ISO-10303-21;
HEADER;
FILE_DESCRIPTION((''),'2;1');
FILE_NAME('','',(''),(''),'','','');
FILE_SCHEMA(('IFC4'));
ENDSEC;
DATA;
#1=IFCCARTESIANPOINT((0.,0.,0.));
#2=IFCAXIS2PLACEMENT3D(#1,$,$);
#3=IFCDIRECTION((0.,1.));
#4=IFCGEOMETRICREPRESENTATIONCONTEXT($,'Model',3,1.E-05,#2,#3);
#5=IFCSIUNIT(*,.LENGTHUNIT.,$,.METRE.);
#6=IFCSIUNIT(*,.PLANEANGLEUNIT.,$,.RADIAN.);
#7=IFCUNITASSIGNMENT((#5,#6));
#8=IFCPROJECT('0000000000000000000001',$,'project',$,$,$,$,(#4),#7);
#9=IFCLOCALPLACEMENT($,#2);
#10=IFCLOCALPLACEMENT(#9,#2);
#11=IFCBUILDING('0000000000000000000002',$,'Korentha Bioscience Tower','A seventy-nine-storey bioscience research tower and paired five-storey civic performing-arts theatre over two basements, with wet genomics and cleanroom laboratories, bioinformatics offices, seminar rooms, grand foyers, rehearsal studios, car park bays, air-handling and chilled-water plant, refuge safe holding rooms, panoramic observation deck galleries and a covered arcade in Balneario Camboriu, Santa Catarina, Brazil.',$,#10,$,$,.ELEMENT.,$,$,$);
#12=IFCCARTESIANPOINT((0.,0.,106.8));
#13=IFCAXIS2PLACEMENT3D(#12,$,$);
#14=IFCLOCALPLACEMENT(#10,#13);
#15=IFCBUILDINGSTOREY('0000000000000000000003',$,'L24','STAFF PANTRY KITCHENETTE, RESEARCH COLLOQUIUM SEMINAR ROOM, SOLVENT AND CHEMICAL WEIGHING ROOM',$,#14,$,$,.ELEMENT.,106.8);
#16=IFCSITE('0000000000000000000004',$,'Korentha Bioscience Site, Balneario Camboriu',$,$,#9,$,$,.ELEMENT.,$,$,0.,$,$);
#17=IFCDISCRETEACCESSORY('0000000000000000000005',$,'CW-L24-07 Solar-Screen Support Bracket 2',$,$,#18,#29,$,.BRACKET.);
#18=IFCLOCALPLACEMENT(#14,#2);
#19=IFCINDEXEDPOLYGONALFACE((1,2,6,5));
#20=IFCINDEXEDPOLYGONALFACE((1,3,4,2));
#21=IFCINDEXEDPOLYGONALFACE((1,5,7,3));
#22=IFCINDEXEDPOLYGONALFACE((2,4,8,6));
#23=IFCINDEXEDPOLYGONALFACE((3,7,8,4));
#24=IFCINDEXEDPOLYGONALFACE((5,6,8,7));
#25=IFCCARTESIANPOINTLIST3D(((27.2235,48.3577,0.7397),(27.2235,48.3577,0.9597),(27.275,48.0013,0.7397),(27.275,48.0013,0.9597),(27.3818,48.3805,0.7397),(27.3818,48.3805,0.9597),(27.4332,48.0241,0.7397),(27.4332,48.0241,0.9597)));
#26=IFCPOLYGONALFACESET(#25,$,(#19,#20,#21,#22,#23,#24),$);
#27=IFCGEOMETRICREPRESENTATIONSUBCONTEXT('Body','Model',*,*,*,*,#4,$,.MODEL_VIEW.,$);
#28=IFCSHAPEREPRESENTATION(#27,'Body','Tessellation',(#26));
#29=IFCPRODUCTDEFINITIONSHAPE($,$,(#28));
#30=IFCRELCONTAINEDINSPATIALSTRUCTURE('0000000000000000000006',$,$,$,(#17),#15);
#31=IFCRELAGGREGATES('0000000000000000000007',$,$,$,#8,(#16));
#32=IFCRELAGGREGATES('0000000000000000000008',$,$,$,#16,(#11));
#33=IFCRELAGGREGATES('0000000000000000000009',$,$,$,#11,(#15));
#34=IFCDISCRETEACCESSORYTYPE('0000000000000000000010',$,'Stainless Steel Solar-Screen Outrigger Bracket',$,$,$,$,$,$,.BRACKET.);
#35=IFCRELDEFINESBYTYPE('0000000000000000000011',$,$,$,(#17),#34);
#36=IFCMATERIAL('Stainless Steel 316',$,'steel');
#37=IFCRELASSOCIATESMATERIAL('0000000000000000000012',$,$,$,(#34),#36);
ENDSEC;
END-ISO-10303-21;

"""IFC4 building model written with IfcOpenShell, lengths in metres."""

from ifc_helpers import new_model, si_unit, direction, frame, origin, origin_2d, place, context, subcontext, project, spatial, rectangle, extrude, material, type_object, element, save


model = new_model("IFC4")

# Units and contexts
model_context = context("Model", 3, precision=1e-05, world=origin(), true_north=direction((0.0, 1.0)))
body_context = subcontext(model_context, "Body", "Model", "MODEL_VIEW")
ifc_project = project(units=[si_unit("LENGTHUNIT", "METRE"), si_unit("PLANEANGLEUNIT", "RADIAN")], contexts=[model_context])

# Site, building, storey
site_placement = place(None, origin())
site = spatial("IfcSite", under=ifc_project, at=site_placement, Name="Korentha Bioscience Site, Balneario Camboriu", CompositionType="ELEMENT", RefElevation=0.0)
building_placement = place(site_placement, origin())
building = spatial("IfcBuilding", under=site, at=building_placement, Name="Korentha Bioscience Tower", Description="A seventy-nine-storey bioscience research tower and paired five-storey civic performing-arts theatre over two basements, with wet genomics and cleanroom laboratories, bioinformatics offices, seminar rooms, grand foyers, rehearsal studios, car park bays, air-handling and chilled-water plant, refuge safe holding rooms, panoramic observation deck galleries and a covered arcade in Balneario Camboriu, Santa Catarina, Brazil.", CompositionType="ELEMENT")
storey_placement = place(building_placement, frame((0.0, 0.0, 106.8)))
storey = spatial("IfcBuildingStorey", under=building, at=storey_placement, Name="L24", Description="STAFF PANTRY KITCHENETTE, RESEARCH COLLOQUIUM SEMINAR ROOM, SOLVENT AND CHEMICAL WEIGHING ROOM", CompositionType="ELEMENT", Elevation=106.8)

# Discrete accessory
ifc_material_1 = material(Name="Stainless Steel 316", Category="steel")
discrete_accessory_type = type_object("IfcDiscreteAccessoryType", Name="Stainless Steel Solar-Screen Outrigger Bracket", PredefinedType="BRACKET", material=ifc_material_1)
discrete_accessory_placement = place(storey_placement, frame((27.3284, 48.1909, 0.7397), z_axis=(0.0, 0.0, 1.0), x_axis=(-0.989738, -0.142892, 0.0)))
element("IfcDiscreteAccessory", 1, at=discrete_accessory_placement, inside=storey, type_object=discrete_accessory_type, Name="CW-L24-07 Solar-Screen Support Bracket 2", PredefinedType="BRACKET", context=body_context, shape_type="SweptSolid", body=[
    extrude(rectangle(XDim=0.1599, YDim=0.3601, at=origin_2d()), origin(), (0.0, 0.0, 1.0), 0.22),
])

save(model, "model.ifc")
